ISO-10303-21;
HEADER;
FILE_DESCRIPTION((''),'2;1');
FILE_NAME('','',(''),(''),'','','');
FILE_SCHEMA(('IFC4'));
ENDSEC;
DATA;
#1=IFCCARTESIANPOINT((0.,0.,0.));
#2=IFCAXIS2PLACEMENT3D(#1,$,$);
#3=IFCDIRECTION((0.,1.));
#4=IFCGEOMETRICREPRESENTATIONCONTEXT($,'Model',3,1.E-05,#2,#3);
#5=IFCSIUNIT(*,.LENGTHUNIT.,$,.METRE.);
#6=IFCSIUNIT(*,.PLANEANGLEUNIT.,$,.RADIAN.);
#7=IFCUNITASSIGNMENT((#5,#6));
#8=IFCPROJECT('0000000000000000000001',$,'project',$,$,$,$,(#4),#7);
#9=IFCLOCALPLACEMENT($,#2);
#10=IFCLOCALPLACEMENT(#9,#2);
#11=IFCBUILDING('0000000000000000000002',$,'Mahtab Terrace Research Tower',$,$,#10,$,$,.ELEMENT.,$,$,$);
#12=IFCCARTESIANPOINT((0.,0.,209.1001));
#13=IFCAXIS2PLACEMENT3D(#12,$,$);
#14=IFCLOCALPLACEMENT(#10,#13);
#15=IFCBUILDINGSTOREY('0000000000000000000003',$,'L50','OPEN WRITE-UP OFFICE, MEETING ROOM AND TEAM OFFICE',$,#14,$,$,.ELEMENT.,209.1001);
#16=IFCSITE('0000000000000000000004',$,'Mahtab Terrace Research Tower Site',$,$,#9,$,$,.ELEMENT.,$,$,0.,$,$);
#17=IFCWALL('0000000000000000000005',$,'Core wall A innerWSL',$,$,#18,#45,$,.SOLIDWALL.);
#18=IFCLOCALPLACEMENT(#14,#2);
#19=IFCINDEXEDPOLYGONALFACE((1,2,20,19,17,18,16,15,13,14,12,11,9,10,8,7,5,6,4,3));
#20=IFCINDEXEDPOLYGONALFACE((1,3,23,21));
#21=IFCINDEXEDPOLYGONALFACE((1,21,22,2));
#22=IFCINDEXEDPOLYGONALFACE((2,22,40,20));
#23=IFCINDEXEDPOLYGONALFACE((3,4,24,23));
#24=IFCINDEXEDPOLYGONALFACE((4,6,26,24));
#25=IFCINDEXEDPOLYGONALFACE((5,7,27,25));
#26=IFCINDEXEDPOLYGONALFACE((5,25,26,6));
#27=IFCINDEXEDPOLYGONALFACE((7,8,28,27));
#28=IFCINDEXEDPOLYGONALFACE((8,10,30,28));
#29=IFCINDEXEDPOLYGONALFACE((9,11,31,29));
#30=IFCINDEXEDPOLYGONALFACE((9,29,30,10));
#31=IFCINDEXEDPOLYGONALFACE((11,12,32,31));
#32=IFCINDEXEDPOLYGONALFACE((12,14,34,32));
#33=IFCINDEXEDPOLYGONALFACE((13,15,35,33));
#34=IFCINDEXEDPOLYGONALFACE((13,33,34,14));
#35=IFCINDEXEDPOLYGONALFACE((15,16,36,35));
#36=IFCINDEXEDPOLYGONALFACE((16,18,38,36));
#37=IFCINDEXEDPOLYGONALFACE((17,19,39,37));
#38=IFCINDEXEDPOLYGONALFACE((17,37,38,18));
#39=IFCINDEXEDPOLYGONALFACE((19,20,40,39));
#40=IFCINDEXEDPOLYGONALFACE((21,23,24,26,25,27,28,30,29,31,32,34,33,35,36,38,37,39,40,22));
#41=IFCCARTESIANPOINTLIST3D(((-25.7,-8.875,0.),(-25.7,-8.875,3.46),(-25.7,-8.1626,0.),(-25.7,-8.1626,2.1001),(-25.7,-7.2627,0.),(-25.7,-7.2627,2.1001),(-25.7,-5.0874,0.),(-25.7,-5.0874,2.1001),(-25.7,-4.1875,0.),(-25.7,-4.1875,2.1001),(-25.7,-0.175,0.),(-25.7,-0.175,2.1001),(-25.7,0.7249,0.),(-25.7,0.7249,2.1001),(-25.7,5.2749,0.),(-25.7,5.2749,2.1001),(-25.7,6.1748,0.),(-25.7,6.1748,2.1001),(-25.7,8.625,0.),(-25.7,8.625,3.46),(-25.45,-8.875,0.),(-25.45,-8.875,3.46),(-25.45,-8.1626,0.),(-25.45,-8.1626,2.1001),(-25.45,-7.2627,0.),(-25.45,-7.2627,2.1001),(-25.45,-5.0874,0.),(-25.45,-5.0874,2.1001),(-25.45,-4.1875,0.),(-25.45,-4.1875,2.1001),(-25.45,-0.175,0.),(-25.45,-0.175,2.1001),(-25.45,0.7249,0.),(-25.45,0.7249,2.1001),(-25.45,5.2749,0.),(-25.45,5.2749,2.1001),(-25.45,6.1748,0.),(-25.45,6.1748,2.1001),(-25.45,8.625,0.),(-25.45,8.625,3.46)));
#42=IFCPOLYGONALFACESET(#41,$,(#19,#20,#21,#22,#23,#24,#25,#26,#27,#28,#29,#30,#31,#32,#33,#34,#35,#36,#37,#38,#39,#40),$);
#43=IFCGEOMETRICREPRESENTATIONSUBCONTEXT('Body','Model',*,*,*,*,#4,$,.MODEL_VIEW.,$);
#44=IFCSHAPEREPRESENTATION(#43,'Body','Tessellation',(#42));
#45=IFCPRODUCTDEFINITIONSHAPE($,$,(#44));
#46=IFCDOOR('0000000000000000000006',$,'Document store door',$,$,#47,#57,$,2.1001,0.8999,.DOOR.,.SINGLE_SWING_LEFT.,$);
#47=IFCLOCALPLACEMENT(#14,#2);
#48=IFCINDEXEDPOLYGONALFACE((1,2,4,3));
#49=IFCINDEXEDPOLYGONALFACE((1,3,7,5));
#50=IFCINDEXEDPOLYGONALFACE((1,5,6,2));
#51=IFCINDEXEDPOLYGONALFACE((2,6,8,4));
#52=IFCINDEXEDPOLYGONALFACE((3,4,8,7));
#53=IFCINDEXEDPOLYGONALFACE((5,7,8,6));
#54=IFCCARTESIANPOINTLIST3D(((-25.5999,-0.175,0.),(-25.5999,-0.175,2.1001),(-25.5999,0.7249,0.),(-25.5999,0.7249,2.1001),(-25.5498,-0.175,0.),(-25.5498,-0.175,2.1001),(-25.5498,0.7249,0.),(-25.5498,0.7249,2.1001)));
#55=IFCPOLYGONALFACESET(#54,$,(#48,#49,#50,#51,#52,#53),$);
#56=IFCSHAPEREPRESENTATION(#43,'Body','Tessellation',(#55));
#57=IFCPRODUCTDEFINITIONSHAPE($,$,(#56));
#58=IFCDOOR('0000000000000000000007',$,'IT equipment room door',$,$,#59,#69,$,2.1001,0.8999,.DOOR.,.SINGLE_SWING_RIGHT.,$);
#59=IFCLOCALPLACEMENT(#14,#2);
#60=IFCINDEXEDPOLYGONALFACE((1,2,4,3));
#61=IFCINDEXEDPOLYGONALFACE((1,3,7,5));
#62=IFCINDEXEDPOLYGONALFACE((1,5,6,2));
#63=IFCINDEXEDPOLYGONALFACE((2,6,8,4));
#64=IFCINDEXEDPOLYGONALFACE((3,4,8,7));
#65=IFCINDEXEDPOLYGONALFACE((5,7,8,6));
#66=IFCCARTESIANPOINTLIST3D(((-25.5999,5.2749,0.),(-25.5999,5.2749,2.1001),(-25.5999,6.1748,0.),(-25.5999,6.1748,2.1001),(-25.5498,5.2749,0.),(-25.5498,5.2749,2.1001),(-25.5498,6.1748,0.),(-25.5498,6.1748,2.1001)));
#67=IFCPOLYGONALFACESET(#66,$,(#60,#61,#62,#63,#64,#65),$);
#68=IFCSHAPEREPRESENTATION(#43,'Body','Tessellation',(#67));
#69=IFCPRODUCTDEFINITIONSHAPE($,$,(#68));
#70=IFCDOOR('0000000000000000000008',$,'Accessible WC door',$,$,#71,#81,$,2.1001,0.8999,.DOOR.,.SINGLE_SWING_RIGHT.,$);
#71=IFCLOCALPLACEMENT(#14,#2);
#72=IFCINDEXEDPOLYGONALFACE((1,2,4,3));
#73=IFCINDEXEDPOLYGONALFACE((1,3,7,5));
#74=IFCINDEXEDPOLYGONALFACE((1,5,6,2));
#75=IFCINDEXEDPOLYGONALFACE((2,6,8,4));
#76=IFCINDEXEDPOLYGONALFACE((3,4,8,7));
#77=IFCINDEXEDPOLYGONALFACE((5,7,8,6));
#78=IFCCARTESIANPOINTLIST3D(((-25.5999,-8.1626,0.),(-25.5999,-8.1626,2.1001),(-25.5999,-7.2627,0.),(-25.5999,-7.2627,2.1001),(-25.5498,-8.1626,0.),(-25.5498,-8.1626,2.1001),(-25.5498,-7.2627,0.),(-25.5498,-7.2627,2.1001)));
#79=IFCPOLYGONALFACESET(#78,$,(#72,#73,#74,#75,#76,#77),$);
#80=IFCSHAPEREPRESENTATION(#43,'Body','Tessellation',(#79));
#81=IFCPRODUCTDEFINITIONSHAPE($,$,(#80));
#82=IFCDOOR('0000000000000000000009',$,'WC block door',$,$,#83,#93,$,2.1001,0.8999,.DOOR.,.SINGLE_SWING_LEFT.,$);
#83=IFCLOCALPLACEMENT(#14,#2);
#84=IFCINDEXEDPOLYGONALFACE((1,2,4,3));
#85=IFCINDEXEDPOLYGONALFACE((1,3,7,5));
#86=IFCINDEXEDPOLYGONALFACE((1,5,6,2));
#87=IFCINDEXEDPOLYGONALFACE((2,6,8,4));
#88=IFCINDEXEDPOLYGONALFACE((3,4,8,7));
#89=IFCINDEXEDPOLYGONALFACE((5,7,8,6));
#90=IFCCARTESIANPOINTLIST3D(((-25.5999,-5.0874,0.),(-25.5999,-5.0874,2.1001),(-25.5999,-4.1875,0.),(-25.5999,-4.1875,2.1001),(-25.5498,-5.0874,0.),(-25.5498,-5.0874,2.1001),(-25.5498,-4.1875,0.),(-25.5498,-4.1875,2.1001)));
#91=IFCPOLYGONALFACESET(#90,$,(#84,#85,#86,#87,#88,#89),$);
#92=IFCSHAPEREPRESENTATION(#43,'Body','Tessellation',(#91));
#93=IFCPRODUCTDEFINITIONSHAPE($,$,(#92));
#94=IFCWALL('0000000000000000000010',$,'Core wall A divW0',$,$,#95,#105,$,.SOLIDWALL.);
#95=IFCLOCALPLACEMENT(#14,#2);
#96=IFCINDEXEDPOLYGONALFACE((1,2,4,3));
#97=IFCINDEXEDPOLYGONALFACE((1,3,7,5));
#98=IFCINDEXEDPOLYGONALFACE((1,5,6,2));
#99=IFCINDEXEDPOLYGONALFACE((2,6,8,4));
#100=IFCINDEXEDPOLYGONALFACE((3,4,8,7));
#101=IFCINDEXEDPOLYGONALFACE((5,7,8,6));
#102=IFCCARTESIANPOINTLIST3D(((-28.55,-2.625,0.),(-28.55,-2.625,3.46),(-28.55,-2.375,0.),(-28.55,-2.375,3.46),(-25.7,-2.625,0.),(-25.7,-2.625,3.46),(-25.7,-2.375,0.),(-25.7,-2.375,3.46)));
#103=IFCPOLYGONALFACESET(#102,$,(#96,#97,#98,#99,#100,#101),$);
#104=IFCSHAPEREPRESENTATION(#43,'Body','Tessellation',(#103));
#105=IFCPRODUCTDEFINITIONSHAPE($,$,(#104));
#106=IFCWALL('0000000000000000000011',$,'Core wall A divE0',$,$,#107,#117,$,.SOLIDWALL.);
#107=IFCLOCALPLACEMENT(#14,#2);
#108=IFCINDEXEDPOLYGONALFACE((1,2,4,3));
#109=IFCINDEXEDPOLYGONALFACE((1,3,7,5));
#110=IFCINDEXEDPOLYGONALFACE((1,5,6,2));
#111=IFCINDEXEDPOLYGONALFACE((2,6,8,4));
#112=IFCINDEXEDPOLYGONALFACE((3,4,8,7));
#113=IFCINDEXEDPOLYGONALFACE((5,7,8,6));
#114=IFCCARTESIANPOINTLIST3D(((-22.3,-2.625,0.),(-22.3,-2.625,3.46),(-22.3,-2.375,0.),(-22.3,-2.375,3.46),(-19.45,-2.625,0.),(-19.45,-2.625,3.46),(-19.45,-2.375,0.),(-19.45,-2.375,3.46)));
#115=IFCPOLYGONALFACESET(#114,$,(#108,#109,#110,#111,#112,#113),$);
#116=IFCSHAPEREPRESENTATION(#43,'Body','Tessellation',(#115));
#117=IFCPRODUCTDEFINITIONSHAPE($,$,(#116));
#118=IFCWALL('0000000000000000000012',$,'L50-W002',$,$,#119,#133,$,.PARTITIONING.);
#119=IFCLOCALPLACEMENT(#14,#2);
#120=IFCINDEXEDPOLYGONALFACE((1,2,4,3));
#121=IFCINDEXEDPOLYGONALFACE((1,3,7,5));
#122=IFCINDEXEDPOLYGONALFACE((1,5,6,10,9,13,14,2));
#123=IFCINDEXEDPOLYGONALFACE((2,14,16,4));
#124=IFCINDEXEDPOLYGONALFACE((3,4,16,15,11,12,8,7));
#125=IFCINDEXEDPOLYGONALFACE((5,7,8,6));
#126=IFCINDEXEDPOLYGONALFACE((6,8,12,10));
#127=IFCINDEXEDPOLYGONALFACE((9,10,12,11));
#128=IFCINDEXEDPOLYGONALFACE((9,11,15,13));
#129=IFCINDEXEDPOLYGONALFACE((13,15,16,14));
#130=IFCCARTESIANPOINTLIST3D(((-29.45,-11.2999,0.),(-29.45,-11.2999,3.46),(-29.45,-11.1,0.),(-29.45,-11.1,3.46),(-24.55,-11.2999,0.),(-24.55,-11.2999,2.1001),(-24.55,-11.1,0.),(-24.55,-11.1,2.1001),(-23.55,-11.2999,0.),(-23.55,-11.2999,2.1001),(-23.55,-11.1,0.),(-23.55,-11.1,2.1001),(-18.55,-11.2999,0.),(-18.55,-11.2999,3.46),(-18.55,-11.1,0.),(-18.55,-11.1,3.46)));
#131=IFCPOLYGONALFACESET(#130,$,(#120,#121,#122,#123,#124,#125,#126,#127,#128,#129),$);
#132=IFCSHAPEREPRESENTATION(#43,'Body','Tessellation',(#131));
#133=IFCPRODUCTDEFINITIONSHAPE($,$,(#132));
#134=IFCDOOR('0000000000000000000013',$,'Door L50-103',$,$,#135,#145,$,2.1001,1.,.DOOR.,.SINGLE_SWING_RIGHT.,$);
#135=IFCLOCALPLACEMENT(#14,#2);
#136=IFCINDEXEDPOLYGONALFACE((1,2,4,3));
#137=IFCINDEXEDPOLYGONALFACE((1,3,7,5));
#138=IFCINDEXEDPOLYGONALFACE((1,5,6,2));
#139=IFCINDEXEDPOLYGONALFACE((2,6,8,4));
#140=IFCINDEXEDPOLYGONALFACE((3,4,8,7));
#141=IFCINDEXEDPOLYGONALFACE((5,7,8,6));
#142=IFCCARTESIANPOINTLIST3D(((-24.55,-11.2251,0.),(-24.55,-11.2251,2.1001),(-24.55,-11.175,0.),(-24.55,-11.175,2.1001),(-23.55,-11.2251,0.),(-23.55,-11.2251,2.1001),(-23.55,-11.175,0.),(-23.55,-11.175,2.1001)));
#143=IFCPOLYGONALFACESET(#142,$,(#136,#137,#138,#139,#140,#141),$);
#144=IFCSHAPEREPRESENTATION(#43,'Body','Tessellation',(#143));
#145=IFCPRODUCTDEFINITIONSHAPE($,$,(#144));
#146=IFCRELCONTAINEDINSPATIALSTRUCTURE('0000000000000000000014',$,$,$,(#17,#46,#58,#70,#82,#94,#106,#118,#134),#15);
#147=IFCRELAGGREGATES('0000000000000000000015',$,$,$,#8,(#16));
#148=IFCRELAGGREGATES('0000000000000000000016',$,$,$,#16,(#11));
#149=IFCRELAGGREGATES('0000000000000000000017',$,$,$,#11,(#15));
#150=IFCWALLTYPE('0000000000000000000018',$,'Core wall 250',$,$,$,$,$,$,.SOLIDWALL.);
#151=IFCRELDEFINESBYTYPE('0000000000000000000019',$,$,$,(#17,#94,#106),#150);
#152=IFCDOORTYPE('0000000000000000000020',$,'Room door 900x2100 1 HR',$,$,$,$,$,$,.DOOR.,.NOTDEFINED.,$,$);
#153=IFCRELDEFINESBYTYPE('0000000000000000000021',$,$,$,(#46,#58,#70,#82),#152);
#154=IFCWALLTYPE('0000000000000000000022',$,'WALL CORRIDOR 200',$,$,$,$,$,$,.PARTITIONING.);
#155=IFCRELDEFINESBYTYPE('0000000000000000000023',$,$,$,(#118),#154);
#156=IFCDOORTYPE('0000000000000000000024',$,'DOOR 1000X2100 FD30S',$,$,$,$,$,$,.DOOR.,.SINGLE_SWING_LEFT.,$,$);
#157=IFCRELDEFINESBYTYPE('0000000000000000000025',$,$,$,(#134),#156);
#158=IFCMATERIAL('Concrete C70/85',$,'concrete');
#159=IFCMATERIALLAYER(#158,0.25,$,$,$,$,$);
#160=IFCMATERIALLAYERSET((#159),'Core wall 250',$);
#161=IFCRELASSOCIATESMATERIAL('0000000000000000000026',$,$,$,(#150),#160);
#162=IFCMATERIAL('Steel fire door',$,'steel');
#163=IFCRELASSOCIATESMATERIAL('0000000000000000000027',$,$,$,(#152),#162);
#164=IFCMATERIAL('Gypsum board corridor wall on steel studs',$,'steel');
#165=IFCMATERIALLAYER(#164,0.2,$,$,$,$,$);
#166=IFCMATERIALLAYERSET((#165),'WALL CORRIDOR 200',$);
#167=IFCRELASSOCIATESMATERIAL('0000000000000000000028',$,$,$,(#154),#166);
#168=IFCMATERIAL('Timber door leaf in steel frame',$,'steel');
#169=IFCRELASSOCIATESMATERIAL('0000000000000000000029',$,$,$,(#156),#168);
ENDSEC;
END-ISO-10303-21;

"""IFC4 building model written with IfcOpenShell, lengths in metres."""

from ifc_helpers import new_model, si_unit, direction, frame, frame_2d, origin, place, context, subcontext, project, spatial, rectangle, extrude, material, layer, layer_set, type_object, element, fill, save


model = new_model("IFC4")

# Units and contexts
model_context = context("Model", 3, precision=1e-05, world=origin(), true_north=direction((0.0, 1.0)))
body_context = subcontext(model_context, "Body", "Model", "MODEL_VIEW")
ifc_project = project(units=[si_unit("LENGTHUNIT", "METRE"), si_unit("PLANEANGLEUNIT", "RADIAN")], contexts=[model_context])

# Site, building, storey
site_placement = place(None, origin())
site = spatial("IfcSite", under=ifc_project, at=site_placement, Name="Mahtab Terrace Research Tower Site", CompositionType="ELEMENT", RefElevation=0.0)
building_placement = place(site_placement, origin())
building = spatial("IfcBuilding", under=site, at=building_placement, Name="Mahtab Terrace Research Tower", CompositionType="ELEMENT")
storey_placement = place(building_placement, frame((0.0, 0.0, 209.1001)))
storey = spatial("IfcBuildingStorey", under=building, at=storey_placement, Name="L50", Description="OPEN WRITE-UP OFFICE, MEETING ROOM AND TEAM OFFICE", CompositionType="ELEMENT", Elevation=209.1001)

# Shared definitions
ifc_material_1 = material(Name="Concrete C70/85", Category="concrete")

# Shared definitions
ifc_layer_1 = layer(ifc_material_1, 0.25)
ifc_layer_set_1 = layer_set([ifc_layer_1], Name="Core wall 250")
wall_type_1 = type_object("IfcWallType", Name="Core wall 250", PredefinedType="SOLIDWALL", material=ifc_layer_set_1)

# Shared definitions
ifc_material_2 = material(Name="Steel fire door", Category="steel")

# Wall, openings, doors
wall_1_placement = place(storey_placement, frame((-25.575, -8.875, 0.0), z_axis=(0.0, 0.0, 1.0), x_axis=(0.0, 1.0, 0.0)))
wall_1 = element("IfcWall", 1, at=wall_1_placement, inside=storey, type_object=wall_type_1, Name="Core wall A innerWSL", PredefinedType="SOLIDWALL", context=body_context, shape_type="SweptSolid", body=[
    extrude(rectangle(XDim=17.5, YDim=0.25, at=frame_2d((8.75, 0.0))), origin(), (0.0, 0.0, 1.0), 3.46),
])
opening_1_placement = place(wall_1_placement, frame((8.7, 0.0, 0.0)))
opening_1 = element("IfcOpeningElement", 2, at=opening_1_placement, cuts=wall_1, PredefinedType="OPENING", context=body_context, shape_type="SweptSolid", body=[
    extrude(rectangle(XDim=0.8999, YDim=2.1001, at=frame_2d((0.45, 1.05))), frame((0.0, 0.135, 0.0), z_axis=(0.0, -1.0, 0.0), x_axis=(1.0, 0.0, 0.0)), (0.0, 0.0, 1.0), 0.27),
])
opening_2_placement = place(wall_1_placement, frame((14.1499, 0.0, 0.0)))
opening_2 = element("IfcOpeningElement", 3, at=opening_2_placement, cuts=wall_1, PredefinedType="OPENING", context=body_context, shape_type="SweptSolid", body=[
    extrude(rectangle(XDim=0.8999, YDim=2.1001, at=frame_2d((0.45, 1.05))), frame((0.0, 0.135, 0.0), z_axis=(0.0, -1.0, 0.0), x_axis=(1.0, 0.0, 0.0)), (0.0, 0.0, 1.0), 0.27),
])
opening_3_placement = place(wall_1_placement, frame((0.7124, 0.0, 0.0)))
opening_3 = element("IfcOpeningElement", 4, at=opening_3_placement, cuts=wall_1, PredefinedType="OPENING", context=body_context, shape_type="SweptSolid", body=[
    extrude(rectangle(XDim=0.8999, YDim=2.1001, at=frame_2d((0.45, 1.05))), frame((0.0, 0.135, 0.0), z_axis=(0.0, -1.0, 0.0), x_axis=(1.0, 0.0, 0.0)), (0.0, 0.0, 1.0), 0.27),
])
opening_4_placement = place(wall_1_placement, frame((3.7876, 0.0, 0.0)))
opening_4 = element("IfcOpeningElement", 5, at=opening_4_placement, cuts=wall_1, PredefinedType="OPENING", context=body_context, shape_type="SweptSolid", body=[
    extrude(rectangle(XDim=0.8999, YDim=2.1001, at=frame_2d((0.45, 1.05))), frame((0.0, 0.135, 0.0), z_axis=(0.0, -1.0, 0.0), x_axis=(1.0, 0.0, 0.0)), (0.0, 0.0, 1.0), 0.27),
])
door_type_1 = type_object("IfcDoorType", Name="Room door 900x2100 1 HR", OperationType="NOTDEFINED", PredefinedType="DOOR", material=ifc_material_2)
door_1_placement = place(opening_1_placement, origin())
door_1 = element("IfcDoor", 6, at=door_1_placement, inside=storey, type_object=door_type_1, Name="Document store door", OperationType="SINGLE_SWING_LEFT", OverallHeight=2.1001, OverallWidth=0.8999, PredefinedType="DOOR", context=body_context, shape_type="SweptSolid", body=[
    extrude(rectangle(XDim=0.8999, YDim=2.1001, at=frame_2d((0.45, 1.05))), frame((0.0, 0.0249, 0.0), z_axis=(0.0, -1.0, 0.0), x_axis=(1.0, 0.0, 0.0)), (0.0, 0.0, 1.0), 0.05),
])
fill(opening_1, door_1)
door_2_placement = place(opening_2_placement, origin())
door_2 = element("IfcDoor", 7, at=door_2_placement, inside=storey, type_object=door_type_1, Name="IT equipment room door", OperationType="SINGLE_SWING_RIGHT", OverallHeight=2.1001, OverallWidth=0.8999, PredefinedType="DOOR", context=body_context, shape_type="SweptSolid", body=[
    extrude(rectangle(XDim=0.8999, YDim=2.1001, at=frame_2d((0.45, 1.05))), frame((0.0, 0.0249, 0.0), z_axis=(0.0, -1.0, 0.0), x_axis=(1.0, 0.0, 0.0)), (0.0, 0.0, 1.0), 0.05),
])
fill(opening_2, door_2)
door_3_placement = place(opening_3_placement, origin())
door_3 = element("IfcDoor", 8, at=door_3_placement, inside=storey, type_object=door_type_1, Name="Accessible WC door", OperationType="SINGLE_SWING_RIGHT", OverallHeight=2.1001, OverallWidth=0.8999, PredefinedType="DOOR", context=body_context, shape_type="SweptSolid", body=[
    extrude(rectangle(XDim=0.8999, YDim=2.1001, at=frame_2d((0.45, 1.05))), frame((0.0, 0.0249, 0.0), z_axis=(0.0, -1.0, 0.0), x_axis=(1.0, 0.0, 0.0)), (0.0, 0.0, 1.0), 0.05),
])
fill(opening_3, door_3)
door_4_placement = place(opening_4_placement, origin())
door_4 = element("IfcDoor", 9, at=door_4_placement, inside=storey, type_object=door_type_1, Name="WC block door", OperationType="SINGLE_SWING_LEFT", OverallHeight=2.1001, OverallWidth=0.8999, PredefinedType="DOOR", context=body_context, shape_type="SweptSolid", body=[
    extrude(rectangle(XDim=0.8999, YDim=2.1001, at=frame_2d((0.45, 1.05))), frame((0.0, 0.0249, 0.0), z_axis=(0.0, -1.0, 0.0), x_axis=(1.0, 0.0, 0.0)), (0.0, 0.0, 1.0), 0.05),
])
fill(opening_4, door_4)

# Walls
for number, where, z_axis, x_axis, name in (
    (10, (-28.55, -2.5, 0.0), (0.0, 0.0, 1.0), (1.0, 0.0, 0.0), "Core wall A divW0"),
    (11, (-22.3, -2.5, 0.0), (0.0, 0.0, 1.0), (1.0, 0.0, 0.0), "Core wall A divE0"),
):
    element("IfcWall", number, at=place(storey_placement, frame(where, z_axis=z_axis, x_axis=x_axis)), inside=storey, type_object=wall_type_1, Name=name, PredefinedType="SOLIDWALL", context=body_context, shape_type="SweptSolid", body=[
        extrude(rectangle(XDim=2.8501, YDim=0.25, at=frame_2d((1.425, 0.0))), origin(), (0.0, 0.0, 1.0), 3.46),
    ])

# Wall, opening, door
ifc_material_3 = material(Name="Gypsum board corridor wall on steel studs", Category="steel")
ifc_layer_2 = layer(ifc_material_3, 0.2)
ifc_layer_set_2 = layer_set([ifc_layer_2], Name="WALL CORRIDOR 200")
wall_type_2 = type_object("IfcWallType", Name="WALL CORRIDOR 200", PredefinedType="PARTITIONING", material=ifc_layer_set_2)
wall_2_placement = place(storey_placement, frame((-29.45, -11.2, 0.0), z_axis=(0.0, 0.0, 1.0), x_axis=(1.0, 0.0, 0.0)))
wall_2 = element("IfcWall", 12, at=wall_2_placement, inside=storey, type_object=wall_type_2, Name="L50-W002", PredefinedType="PARTITIONING", context=body_context, shape_type="SweptSolid", body=[
    extrude(rectangle(XDim=10.8999, YDim=0.2, at=frame_2d((5.45, 0.0))), origin(), (0.0, 0.0, 1.0), 3.46),
])
opening_5_placement = place(wall_2_placement, frame((4.8999, 0.0, 0.0)))
opening_5 = element("IfcOpeningElement", 13, at=opening_5_placement, cuts=wall_2, PredefinedType="OPENING", context=body_context, shape_type="SweptSolid", body=[
    extrude(rectangle(XDim=1.0, YDim=2.1001, at=frame_2d((0.5, 1.05))), frame((0.0, 0.1099, 0.0), z_axis=(0.0, -1.0, 0.0), x_axis=(1.0, 0.0, 0.0)), (0.0, 0.0, 1.0), 0.22),
])
ifc_material_4 = material(Name="Timber door leaf in steel frame", Category="steel")
door_type_2 = type_object("IfcDoorType", Name="DOOR 1000X2100 FD30S", OperationType="SINGLE_SWING_LEFT", PredefinedType="DOOR", material=ifc_material_4)
door_5_placement = place(opening_5_placement, origin())
door_5 = element("IfcDoor", 14, at=door_5_placement, inside=storey, type_object=door_type_2, Name="Door L50-103", OperationType="SINGLE_SWING_RIGHT", OverallHeight=2.1001, OverallWidth=1.0, PredefinedType="DOOR", context=body_context, shape_type="SweptSolid", body=[
    extrude(rectangle(XDim=1.0, YDim=2.1001, at=frame_2d((0.5, 1.05))), frame((0.0, 0.0249, 0.0), z_axis=(0.0, -1.0, 0.0), x_axis=(1.0, 0.0, 0.0)), (0.0, 0.0, 1.0), 0.05),
])
fill(opening_5, door_5)

save(model, "model.ifc")
